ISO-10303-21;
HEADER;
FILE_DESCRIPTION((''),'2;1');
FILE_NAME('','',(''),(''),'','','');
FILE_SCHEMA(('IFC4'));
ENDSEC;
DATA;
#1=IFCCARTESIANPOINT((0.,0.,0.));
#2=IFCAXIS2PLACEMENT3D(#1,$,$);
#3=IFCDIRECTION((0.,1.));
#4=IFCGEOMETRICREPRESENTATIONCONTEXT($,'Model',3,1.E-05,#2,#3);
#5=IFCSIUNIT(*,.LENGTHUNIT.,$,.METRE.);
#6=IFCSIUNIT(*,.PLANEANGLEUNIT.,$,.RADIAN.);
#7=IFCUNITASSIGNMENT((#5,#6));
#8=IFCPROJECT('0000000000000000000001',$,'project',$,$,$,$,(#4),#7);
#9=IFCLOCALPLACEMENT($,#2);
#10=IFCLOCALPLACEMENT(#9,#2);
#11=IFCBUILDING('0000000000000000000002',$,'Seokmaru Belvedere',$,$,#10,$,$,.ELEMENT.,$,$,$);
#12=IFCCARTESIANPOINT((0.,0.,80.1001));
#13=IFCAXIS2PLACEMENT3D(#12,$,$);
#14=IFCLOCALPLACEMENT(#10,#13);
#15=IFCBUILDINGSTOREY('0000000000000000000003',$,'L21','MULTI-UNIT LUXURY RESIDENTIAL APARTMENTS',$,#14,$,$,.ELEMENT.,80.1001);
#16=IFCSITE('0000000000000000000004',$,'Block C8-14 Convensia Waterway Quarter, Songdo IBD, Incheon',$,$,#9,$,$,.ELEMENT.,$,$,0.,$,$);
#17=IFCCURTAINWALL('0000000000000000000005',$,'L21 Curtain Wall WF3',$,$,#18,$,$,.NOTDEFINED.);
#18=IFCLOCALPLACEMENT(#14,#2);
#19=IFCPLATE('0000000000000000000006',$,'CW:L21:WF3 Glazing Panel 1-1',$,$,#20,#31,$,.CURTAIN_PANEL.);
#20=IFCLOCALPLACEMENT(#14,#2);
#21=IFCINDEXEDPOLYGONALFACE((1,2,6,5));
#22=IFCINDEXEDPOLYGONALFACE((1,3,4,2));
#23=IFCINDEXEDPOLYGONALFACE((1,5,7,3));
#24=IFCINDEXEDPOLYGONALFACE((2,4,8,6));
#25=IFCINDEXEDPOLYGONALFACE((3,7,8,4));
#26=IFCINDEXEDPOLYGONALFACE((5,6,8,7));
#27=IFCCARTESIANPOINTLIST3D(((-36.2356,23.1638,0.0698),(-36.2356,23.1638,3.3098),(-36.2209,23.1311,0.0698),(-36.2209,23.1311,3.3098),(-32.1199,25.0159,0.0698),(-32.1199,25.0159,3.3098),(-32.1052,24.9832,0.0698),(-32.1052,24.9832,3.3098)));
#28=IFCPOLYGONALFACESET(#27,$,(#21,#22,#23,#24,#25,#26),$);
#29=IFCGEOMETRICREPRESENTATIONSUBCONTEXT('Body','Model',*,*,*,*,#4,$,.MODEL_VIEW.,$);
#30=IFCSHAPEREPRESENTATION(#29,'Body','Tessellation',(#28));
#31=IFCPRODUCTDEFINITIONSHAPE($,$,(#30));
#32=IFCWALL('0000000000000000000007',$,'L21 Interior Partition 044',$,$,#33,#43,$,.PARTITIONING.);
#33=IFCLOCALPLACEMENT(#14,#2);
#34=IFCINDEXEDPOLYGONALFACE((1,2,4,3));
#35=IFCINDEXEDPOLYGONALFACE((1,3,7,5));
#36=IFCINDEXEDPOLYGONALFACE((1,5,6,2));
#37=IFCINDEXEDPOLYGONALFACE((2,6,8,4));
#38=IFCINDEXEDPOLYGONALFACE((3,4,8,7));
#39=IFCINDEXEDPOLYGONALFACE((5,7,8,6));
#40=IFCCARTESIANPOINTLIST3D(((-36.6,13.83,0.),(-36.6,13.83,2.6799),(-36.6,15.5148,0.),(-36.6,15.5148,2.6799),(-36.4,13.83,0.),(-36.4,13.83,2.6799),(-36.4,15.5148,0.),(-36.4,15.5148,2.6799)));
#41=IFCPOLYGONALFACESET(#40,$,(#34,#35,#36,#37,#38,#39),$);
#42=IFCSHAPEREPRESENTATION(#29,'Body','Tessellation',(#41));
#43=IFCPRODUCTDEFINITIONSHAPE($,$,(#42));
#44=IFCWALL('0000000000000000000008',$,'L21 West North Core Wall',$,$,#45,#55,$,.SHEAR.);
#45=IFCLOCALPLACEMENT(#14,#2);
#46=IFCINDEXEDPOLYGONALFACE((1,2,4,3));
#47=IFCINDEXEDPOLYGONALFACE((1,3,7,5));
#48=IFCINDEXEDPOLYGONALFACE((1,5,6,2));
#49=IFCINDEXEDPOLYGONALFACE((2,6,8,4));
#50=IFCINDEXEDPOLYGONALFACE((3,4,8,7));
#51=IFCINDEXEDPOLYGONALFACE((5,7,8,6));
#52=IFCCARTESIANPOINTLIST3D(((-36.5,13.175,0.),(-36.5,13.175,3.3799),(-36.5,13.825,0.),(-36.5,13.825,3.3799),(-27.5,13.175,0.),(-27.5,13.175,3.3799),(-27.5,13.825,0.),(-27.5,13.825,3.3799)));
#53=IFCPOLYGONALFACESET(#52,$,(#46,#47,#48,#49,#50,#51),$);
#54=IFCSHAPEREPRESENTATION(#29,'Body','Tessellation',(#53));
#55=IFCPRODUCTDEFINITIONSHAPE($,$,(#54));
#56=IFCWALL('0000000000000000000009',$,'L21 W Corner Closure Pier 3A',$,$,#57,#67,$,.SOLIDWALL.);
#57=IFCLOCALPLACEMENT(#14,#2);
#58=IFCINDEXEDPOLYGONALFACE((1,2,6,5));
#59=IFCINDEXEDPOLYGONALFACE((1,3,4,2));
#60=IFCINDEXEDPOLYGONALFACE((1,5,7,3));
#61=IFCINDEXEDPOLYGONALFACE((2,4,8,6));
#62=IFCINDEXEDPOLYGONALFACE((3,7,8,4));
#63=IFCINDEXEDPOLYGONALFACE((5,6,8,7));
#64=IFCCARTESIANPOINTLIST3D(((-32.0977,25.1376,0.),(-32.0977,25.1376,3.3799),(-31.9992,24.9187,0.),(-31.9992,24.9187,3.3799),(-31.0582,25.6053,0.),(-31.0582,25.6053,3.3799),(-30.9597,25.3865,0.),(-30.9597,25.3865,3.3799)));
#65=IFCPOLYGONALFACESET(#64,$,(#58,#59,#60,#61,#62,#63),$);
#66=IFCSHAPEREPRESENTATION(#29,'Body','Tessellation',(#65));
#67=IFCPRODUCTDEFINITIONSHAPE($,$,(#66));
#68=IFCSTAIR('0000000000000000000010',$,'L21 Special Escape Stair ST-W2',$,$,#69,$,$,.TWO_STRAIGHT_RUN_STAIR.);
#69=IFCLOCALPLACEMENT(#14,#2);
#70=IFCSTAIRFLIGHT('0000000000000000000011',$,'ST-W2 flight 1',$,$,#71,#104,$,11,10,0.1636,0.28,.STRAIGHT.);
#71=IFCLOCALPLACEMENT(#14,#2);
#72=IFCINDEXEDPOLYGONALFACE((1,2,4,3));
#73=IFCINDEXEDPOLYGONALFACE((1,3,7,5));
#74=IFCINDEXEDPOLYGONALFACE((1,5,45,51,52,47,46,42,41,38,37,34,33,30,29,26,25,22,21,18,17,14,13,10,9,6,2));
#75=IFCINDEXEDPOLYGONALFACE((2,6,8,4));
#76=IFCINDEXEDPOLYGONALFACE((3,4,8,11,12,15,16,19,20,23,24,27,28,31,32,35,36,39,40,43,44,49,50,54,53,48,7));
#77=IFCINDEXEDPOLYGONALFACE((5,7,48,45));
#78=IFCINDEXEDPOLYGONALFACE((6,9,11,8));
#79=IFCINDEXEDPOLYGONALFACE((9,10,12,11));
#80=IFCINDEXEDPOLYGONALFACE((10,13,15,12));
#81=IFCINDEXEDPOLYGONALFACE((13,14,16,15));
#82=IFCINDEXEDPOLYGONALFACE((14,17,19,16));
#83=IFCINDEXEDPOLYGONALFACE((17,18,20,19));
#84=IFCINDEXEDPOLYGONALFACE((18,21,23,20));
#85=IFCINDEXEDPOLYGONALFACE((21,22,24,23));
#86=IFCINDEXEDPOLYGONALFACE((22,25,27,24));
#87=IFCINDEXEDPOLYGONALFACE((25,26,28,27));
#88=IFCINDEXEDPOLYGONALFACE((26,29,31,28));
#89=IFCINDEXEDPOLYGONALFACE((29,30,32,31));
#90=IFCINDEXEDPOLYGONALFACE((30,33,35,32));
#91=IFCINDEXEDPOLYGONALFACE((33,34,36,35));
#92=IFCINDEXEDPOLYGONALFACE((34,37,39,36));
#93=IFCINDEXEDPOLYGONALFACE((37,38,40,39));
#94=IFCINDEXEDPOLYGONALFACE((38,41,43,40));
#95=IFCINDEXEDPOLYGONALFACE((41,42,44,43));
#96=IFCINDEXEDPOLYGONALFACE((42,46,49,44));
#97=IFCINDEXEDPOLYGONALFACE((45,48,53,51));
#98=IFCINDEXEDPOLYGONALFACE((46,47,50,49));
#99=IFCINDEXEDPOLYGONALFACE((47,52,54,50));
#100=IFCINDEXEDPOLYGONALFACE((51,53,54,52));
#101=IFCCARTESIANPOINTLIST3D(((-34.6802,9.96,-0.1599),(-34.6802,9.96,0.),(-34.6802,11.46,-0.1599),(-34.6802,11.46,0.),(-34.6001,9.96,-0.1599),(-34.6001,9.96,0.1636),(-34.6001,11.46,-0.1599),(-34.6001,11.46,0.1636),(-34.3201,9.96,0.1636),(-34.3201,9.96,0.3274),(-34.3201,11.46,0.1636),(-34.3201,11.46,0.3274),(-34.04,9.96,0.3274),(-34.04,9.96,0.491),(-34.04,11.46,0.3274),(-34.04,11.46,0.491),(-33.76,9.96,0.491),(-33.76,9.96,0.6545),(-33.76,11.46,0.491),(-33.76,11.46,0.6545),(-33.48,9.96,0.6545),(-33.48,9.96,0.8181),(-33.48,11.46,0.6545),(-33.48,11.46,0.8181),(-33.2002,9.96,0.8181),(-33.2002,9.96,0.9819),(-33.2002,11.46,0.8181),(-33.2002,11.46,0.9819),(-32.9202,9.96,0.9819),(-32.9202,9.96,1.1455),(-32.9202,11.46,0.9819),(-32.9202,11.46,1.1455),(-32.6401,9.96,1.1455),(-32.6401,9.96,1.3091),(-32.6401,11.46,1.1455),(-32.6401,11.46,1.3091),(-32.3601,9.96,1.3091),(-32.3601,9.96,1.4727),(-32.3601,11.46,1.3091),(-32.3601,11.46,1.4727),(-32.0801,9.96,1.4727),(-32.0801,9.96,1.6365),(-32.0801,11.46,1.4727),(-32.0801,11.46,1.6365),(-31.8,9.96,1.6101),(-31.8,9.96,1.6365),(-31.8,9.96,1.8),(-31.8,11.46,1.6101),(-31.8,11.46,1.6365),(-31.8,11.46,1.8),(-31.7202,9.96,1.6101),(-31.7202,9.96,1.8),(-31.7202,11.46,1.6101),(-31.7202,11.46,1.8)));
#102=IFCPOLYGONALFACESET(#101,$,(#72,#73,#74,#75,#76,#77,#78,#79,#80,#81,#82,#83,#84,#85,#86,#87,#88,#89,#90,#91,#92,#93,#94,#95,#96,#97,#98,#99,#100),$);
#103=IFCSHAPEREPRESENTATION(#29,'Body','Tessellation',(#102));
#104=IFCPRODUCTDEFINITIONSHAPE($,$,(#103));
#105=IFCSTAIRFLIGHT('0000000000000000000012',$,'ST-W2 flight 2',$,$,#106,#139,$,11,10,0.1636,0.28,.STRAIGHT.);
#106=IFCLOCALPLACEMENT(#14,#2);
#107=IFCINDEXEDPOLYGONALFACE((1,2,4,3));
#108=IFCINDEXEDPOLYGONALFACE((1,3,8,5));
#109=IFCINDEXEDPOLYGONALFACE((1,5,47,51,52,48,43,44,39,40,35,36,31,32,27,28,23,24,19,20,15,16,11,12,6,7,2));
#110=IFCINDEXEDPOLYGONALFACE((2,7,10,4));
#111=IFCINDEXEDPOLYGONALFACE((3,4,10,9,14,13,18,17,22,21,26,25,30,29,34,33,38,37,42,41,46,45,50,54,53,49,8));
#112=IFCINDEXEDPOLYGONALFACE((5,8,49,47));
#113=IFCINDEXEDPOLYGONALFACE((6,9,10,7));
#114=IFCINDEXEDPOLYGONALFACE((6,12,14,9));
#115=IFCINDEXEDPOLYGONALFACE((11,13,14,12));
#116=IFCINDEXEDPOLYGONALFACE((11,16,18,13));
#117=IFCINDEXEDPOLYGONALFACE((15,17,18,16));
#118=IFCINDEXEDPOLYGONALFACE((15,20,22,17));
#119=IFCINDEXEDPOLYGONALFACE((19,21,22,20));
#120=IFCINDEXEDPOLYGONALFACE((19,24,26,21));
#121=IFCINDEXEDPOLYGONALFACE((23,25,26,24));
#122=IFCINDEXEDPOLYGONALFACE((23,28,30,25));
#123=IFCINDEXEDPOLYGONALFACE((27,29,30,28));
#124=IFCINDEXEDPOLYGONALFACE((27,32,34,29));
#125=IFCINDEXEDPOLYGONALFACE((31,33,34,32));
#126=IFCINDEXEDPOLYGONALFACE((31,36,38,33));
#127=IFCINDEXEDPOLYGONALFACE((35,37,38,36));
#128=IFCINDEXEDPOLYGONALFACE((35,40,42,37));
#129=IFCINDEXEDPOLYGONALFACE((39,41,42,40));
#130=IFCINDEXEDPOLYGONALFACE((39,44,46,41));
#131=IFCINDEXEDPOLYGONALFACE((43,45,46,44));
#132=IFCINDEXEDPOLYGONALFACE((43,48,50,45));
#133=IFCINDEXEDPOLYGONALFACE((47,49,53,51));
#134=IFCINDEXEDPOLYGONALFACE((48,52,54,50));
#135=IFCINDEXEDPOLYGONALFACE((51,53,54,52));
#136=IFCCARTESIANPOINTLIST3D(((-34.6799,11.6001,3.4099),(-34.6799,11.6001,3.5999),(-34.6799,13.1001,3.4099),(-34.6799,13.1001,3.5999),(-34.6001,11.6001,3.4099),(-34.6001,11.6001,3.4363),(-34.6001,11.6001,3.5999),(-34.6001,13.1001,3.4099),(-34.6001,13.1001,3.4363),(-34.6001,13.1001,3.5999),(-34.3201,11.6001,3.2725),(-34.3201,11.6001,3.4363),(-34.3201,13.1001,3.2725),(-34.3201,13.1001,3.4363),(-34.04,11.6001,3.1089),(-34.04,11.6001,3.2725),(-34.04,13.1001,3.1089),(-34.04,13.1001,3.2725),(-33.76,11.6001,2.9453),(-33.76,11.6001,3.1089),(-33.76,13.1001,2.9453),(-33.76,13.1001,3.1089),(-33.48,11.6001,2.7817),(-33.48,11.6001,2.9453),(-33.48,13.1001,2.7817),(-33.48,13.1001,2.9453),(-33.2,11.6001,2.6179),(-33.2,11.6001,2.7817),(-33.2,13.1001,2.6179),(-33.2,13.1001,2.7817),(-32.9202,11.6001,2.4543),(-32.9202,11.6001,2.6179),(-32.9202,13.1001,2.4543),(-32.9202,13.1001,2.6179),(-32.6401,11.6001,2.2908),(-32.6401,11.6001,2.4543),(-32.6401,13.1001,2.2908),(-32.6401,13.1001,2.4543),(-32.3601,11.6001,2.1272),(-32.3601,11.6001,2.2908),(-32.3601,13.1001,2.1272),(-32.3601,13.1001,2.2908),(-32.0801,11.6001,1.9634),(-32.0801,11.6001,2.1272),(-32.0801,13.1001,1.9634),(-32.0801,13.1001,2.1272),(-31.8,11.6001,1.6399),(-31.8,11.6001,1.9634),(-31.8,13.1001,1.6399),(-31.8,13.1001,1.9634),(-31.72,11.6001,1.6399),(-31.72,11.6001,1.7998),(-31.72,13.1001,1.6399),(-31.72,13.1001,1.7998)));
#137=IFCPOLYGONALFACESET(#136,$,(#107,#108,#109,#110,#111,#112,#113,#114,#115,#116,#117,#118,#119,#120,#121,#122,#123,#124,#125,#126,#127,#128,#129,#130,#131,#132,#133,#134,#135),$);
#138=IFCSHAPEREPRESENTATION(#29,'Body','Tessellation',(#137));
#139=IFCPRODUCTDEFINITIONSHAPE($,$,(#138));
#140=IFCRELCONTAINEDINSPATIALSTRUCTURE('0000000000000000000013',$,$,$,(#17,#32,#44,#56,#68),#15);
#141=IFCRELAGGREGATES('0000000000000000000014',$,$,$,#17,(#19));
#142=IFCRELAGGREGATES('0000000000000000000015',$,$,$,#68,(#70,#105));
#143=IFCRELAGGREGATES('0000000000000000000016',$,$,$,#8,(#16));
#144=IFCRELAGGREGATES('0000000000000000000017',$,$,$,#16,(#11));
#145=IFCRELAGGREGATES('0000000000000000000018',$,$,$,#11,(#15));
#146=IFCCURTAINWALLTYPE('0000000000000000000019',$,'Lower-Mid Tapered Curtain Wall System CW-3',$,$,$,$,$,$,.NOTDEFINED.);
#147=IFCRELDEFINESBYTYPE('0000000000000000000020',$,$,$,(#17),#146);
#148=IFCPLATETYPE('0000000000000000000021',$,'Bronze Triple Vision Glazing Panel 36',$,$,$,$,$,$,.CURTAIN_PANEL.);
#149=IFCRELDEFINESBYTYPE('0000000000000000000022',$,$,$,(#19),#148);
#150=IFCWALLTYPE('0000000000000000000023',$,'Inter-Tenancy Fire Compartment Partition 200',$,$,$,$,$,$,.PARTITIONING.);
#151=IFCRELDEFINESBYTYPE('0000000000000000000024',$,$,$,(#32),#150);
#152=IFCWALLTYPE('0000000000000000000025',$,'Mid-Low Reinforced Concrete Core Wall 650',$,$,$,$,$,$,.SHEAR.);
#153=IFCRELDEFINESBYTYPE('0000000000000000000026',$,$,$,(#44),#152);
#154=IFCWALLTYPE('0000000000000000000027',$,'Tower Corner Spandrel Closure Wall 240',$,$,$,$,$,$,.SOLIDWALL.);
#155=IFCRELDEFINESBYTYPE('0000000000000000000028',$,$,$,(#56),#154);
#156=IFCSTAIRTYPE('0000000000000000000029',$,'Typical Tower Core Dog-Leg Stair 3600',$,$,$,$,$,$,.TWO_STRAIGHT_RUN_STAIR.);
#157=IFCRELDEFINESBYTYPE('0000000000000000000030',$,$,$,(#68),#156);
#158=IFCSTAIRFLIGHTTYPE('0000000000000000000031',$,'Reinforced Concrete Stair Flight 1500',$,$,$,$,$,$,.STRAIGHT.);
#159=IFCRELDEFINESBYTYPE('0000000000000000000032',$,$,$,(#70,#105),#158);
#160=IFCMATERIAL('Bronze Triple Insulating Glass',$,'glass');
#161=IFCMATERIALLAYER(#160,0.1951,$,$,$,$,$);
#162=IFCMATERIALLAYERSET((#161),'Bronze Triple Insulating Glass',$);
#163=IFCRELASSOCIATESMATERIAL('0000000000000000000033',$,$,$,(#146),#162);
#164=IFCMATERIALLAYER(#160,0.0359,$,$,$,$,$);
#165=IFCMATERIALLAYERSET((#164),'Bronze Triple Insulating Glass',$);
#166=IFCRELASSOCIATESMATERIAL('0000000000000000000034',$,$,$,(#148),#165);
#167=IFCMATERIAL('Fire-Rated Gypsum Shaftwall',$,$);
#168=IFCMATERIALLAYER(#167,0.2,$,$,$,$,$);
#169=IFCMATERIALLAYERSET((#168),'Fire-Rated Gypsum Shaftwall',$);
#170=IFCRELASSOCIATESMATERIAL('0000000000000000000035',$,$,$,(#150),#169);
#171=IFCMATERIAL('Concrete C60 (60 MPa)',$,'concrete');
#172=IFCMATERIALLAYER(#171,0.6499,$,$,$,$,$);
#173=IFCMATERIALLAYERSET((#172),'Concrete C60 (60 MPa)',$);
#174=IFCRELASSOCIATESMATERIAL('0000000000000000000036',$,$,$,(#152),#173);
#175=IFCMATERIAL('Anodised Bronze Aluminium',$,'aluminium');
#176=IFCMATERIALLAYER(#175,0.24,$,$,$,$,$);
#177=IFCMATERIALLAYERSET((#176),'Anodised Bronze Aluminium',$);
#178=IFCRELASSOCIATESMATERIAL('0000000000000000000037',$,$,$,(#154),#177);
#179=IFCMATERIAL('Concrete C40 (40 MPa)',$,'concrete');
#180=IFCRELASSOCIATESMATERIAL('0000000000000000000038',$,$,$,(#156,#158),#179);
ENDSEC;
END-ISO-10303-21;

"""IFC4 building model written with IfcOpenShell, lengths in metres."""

from ifc_helpers import new_model, si_unit, direction, frame, frame_2d, origin, origin_2d, place, context, subcontext, project, spatial, polyline, rectangle, outline, extrude, source, transform, mapped, material, layer, layer_set, type_object, type_shapes, element, aggregate, save


model = new_model("IFC4")

# Units and contexts
model_context = context("Model", 3, precision=1e-05, world=origin(), true_north=direction((0.0, 1.0)))
body_context = subcontext(model_context, "Body", "Model", "MODEL_VIEW")
ifc_project = project(units=[si_unit("LENGTHUNIT", "METRE"), si_unit("PLANEANGLEUNIT", "RADIAN")], contexts=[model_context])

# Site, building, storey
site_placement = place(None, origin())
site = spatial("IfcSite", under=ifc_project, at=site_placement, Name="Block C8-14 Convensia Waterway Quarter, Songdo IBD, Incheon", CompositionType="ELEMENT", RefElevation=0.0)
building_placement = place(site_placement, origin())
building = spatial("IfcBuilding", under=site, at=building_placement, Name="Seokmaru Belvedere", CompositionType="ELEMENT")
storey_placement = place(building_placement, frame((0.0, 0.0, 80.1001)))
storey = spatial("IfcBuildingStorey", under=building, at=storey_placement, Name="L21", Description="MULTI-UNIT LUXURY RESIDENTIAL APARTMENTS", CompositionType="ELEMENT", Elevation=80.1001)

# Curtain wall
ifc_material_1 = material(Name="Bronze Triple Insulating Glass", Category="glass")
ifc_layer_1 = layer(ifc_material_1, 0.1951)
ifc_layer_set_1 = layer_set([ifc_layer_1], Name="Bronze Triple Insulating Glass")
curtain_wall_type = type_object("IfcCurtainWallType", Name="Lower-Mid Tapered Curtain Wall System CW-3", PredefinedType="NOTDEFINED", material=ifc_layer_set_1)
curtain_wall_placement = place(storey_placement, origin())
curtain_wall = element("IfcCurtainWall", 1, at=curtain_wall_placement, inside=storey, type_object=curtain_wall_type, Name="L21 Curtain Wall WF3", PredefinedType="NOTDEFINED")
ifc_material_2 = material(Name="Anodised Bronze Aluminium", Category="aluminium")

# Plate
ifc_layer_2 = layer(ifc_material_1, 0.0359)
ifc_layer_set_2 = layer_set([ifc_layer_2], Name="Bronze Triple Insulating Glass")
plate_type = type_object("IfcPlateType", Name="Bronze Triple Vision Glazing Panel 36", PredefinedType="CURTAIN_PANEL", material=ifc_layer_set_2)
shared_shape_1 = source(origin(), body_context, "Body", "SweptSolid", [
    extrude(rectangle(XDim=4.5132, YDim=0.0359, at=origin_2d()), origin(), (0.0, 0.0, 1.0), 3.24),
])
type_shapes(plate_type, [shared_shape_1])
plate_placement = place(storey_placement, frame((-34.1704, 24.0735, 0.0698), z_axis=(0.0, 0.0, 1.0), x_axis=(-0.911921, -0.410366, 0.0)))
plate = element("IfcPlate", 2, at=plate_placement, type_object=plate_type, Name="CW:L21:WF3 Glazing Panel 1-1", PredefinedType="CURTAIN_PANEL", context=body_context, shape_type="MappedRepresentation", body=[
    mapped(shared_shape_1, transform((0.0, 0.0, 0.0), scale=1.0)),
])
aggregate(curtain_wall, [plate])

# Walls
ifc_material_3 = material(Name="Fire-Rated Gypsum Shaftwall")
ifc_layer_3 = layer(ifc_material_3, 0.2)
ifc_layer_set_3 = layer_set([ifc_layer_3], Name="Fire-Rated Gypsum Shaftwall")
wall_type_1 = type_object("IfcWallType", Name="Inter-Tenancy Fire Compartment Partition 200", PredefinedType="PARTITIONING", material=ifc_layer_set_3)
wall_1_placement = place(storey_placement, frame((-36.5, 13.8301, 0.0), z_axis=(0.0, 0.0, 1.0), x_axis=(0.0, 1.0, 0.0)))
element("IfcWall", 3, at=wall_1_placement, inside=storey, type_object=wall_type_1, Name="L21 Interior Partition 044", PredefinedType="PARTITIONING", context=body_context, shape_type="SweptSolid", body=[
    extrude(rectangle(XDim=1.6848, YDim=0.2, at=frame_2d((0.8423, 0.0))), origin(), (0.0, 0.0, 1.0), 2.6799),
])
ifc_material_4 = material(Name="Concrete C60 (60 MPa)", Category="concrete")
ifc_layer_4 = layer(ifc_material_4, 0.6499)
ifc_layer_set_4 = layer_set([ifc_layer_4], Name="Concrete C60 (60 MPa)")
wall_type_2 = type_object("IfcWallType", Name="Mid-Low Reinforced Concrete Core Wall 650", PredefinedType="SHEAR", material=ifc_layer_set_4)
wall_2_placement = place(storey_placement, frame((-36.5, 13.5, 0.0), z_axis=(0.0, 0.0, 1.0), x_axis=(1.0, 0.0, 0.0)))
element("IfcWall", 4, at=wall_2_placement, inside=storey, type_object=wall_type_2, Name="L21 West North Core Wall", PredefinedType="SHEAR", context=body_context, shape_type="SweptSolid", body=[
    extrude(rectangle(XDim=9.0, YDim=0.6499, at=frame_2d((4.5, 0.0))), origin(), (0.0, 0.0, 1.0), 3.3799),
])
ifc_layer_5 = layer(ifc_material_2, 0.24)
ifc_layer_set_5 = layer_set([ifc_layer_5], Name="Anodised Bronze Aluminium")
wall_type_3 = type_object("IfcWallType", Name="Tower Corner Spandrel Closure Wall 240", PredefinedType="SOLIDWALL", material=ifc_layer_set_5)
wall_3_placement = place(storey_placement, frame((-31.009, 25.4958, 0.0), z_axis=(0.0, 0.0, 1.0), x_axis=(-0.91193, -0.410347, 0.0)))
element("IfcWall", 5, at=wall_3_placement, inside=storey, type_object=wall_type_3, Name="L21 W Corner Closure Pier 3A", PredefinedType="SOLIDWALL", context=body_context, shape_type="SweptSolid", body=[
    extrude(rectangle(XDim=1.1399, YDim=0.24, at=frame_2d((0.5698, 0.0))), origin(), (0.0, 0.0, 1.0), 3.3799),
])

# Stair, stair flights
ifc_material_5 = material(Name="Concrete C40 (40 MPa)", Category="concrete")
stair_type = type_object("IfcStairType", Name="Typical Tower Core Dog-Leg Stair 3600", PredefinedType="TWO_STRAIGHT_RUN_STAIR", material=ifc_material_5)
stair_placement = place(storey_placement, origin())
stair = element("IfcStair", 6, at=stair_placement, inside=storey, type_object=stair_type, Name="L21 Special Escape Stair ST-W2", PredefinedType="TWO_STRAIGHT_RUN_STAIR")
stair_flight_type = type_object("IfcStairFlightType", Name="Reinforced Concrete Stair Flight 1500", PredefinedType="STRAIGHT", material=ifc_material_5)
stair_flight_1_placement = place(storey_placement, frame((-34.6001, 10.71, 0.0), z_axis=(0.0, 0.0, 1.0), x_axis=(1.0, 0.0, 0.0)))
stair_flight_1 = element("IfcStairFlight", 7, at=stair_flight_1_placement, type_object=stair_flight_type, Name="ST-W2 flight 1", NumberOfRisers=11, NumberOfTreads=10, PredefinedType="STRAIGHT", RiserHeight=0.1636, TreadLength=0.28, context=body_context, shape_type="SweptSolid", body=[
    extrude(outline(polyline([(-0.0801, 0.0), (0.0, 0.1636), (0.28, 0.1636), (0.28, 0.3274), (0.5601, 0.3274), (0.5601, 0.491), (0.8401, 0.491), (0.8401, 0.6545), (1.1201, 0.6545), (1.1201, 0.8181), (1.3999, 0.8181), (1.3999, 0.9819), (1.6799, 0.9819), (1.6799, 1.1455), (1.96, 1.1455), (1.96, 1.3091), (2.24, 1.3091), (2.24, 1.4727), (2.52, 1.4727), (2.52, 1.6365), (2.8, 1.6365), (2.8, 1.8), (2.8799, 1.8), (2.8799, 1.6101), (2.8, 1.6101), (0.0, -0.1599), (-0.0801, -0.1599), (-0.0801, 0.0)])), frame((0.0, 0.75, 0.0), z_axis=(0.0, -1.0, 0.0), x_axis=(1.0, 0.0, 0.0)), (0.0, 0.0, 1.0), 1.5),
])
stair_flight_2_placement = place(storey_placement, frame((-31.8, 12.3501, 1.7998), z_axis=(0.0, 0.0, 1.0), x_axis=(-1.0, 0.0, 0.0)))
stair_flight_2 = element("IfcStairFlight", 8, at=stair_flight_2_placement, type_object=stair_flight_type, Name="ST-W2 flight 2", NumberOfRisers=11, NumberOfTreads=10, PredefinedType="STRAIGHT", RiserHeight=0.1636, TreadLength=0.28, context=body_context, shape_type="SweptSolid", body=[
    extrude(outline(polyline([(-0.0801, 0.0), (0.0, 0.1636), (0.28, 0.1636), (0.28, 0.3274), (0.5601, 0.3274), (0.5601, 0.491), (0.8401, 0.491), (0.8401, 0.6545), (1.1201, 0.6545), (1.1201, 0.8181), (1.3999, 0.8181), (1.3999, 0.9819), (1.6799, 0.9819), (1.6799, 1.1455), (1.96, 1.1455), (1.96, 1.3091), (2.24, 1.3091), (2.24, 1.4727), (2.52, 1.4727), (2.52, 1.6365), (2.8, 1.6365), (2.8, 1.8), (2.8799, 1.8), (2.8799, 1.6101), (2.8, 1.6101), (0.0, -0.1599), (-0.0801, -0.1599), (-0.0801, 0.0)])), frame((0.0, 0.75, 0.0), z_axis=(0.0, -1.0, 0.0), x_axis=(1.0, 0.0, 0.0)), (0.0, 0.0, 1.0), 1.5),
])
aggregate(stair, [stair_flight_1, stair_flight_2])

save(model, "model.ifc")
